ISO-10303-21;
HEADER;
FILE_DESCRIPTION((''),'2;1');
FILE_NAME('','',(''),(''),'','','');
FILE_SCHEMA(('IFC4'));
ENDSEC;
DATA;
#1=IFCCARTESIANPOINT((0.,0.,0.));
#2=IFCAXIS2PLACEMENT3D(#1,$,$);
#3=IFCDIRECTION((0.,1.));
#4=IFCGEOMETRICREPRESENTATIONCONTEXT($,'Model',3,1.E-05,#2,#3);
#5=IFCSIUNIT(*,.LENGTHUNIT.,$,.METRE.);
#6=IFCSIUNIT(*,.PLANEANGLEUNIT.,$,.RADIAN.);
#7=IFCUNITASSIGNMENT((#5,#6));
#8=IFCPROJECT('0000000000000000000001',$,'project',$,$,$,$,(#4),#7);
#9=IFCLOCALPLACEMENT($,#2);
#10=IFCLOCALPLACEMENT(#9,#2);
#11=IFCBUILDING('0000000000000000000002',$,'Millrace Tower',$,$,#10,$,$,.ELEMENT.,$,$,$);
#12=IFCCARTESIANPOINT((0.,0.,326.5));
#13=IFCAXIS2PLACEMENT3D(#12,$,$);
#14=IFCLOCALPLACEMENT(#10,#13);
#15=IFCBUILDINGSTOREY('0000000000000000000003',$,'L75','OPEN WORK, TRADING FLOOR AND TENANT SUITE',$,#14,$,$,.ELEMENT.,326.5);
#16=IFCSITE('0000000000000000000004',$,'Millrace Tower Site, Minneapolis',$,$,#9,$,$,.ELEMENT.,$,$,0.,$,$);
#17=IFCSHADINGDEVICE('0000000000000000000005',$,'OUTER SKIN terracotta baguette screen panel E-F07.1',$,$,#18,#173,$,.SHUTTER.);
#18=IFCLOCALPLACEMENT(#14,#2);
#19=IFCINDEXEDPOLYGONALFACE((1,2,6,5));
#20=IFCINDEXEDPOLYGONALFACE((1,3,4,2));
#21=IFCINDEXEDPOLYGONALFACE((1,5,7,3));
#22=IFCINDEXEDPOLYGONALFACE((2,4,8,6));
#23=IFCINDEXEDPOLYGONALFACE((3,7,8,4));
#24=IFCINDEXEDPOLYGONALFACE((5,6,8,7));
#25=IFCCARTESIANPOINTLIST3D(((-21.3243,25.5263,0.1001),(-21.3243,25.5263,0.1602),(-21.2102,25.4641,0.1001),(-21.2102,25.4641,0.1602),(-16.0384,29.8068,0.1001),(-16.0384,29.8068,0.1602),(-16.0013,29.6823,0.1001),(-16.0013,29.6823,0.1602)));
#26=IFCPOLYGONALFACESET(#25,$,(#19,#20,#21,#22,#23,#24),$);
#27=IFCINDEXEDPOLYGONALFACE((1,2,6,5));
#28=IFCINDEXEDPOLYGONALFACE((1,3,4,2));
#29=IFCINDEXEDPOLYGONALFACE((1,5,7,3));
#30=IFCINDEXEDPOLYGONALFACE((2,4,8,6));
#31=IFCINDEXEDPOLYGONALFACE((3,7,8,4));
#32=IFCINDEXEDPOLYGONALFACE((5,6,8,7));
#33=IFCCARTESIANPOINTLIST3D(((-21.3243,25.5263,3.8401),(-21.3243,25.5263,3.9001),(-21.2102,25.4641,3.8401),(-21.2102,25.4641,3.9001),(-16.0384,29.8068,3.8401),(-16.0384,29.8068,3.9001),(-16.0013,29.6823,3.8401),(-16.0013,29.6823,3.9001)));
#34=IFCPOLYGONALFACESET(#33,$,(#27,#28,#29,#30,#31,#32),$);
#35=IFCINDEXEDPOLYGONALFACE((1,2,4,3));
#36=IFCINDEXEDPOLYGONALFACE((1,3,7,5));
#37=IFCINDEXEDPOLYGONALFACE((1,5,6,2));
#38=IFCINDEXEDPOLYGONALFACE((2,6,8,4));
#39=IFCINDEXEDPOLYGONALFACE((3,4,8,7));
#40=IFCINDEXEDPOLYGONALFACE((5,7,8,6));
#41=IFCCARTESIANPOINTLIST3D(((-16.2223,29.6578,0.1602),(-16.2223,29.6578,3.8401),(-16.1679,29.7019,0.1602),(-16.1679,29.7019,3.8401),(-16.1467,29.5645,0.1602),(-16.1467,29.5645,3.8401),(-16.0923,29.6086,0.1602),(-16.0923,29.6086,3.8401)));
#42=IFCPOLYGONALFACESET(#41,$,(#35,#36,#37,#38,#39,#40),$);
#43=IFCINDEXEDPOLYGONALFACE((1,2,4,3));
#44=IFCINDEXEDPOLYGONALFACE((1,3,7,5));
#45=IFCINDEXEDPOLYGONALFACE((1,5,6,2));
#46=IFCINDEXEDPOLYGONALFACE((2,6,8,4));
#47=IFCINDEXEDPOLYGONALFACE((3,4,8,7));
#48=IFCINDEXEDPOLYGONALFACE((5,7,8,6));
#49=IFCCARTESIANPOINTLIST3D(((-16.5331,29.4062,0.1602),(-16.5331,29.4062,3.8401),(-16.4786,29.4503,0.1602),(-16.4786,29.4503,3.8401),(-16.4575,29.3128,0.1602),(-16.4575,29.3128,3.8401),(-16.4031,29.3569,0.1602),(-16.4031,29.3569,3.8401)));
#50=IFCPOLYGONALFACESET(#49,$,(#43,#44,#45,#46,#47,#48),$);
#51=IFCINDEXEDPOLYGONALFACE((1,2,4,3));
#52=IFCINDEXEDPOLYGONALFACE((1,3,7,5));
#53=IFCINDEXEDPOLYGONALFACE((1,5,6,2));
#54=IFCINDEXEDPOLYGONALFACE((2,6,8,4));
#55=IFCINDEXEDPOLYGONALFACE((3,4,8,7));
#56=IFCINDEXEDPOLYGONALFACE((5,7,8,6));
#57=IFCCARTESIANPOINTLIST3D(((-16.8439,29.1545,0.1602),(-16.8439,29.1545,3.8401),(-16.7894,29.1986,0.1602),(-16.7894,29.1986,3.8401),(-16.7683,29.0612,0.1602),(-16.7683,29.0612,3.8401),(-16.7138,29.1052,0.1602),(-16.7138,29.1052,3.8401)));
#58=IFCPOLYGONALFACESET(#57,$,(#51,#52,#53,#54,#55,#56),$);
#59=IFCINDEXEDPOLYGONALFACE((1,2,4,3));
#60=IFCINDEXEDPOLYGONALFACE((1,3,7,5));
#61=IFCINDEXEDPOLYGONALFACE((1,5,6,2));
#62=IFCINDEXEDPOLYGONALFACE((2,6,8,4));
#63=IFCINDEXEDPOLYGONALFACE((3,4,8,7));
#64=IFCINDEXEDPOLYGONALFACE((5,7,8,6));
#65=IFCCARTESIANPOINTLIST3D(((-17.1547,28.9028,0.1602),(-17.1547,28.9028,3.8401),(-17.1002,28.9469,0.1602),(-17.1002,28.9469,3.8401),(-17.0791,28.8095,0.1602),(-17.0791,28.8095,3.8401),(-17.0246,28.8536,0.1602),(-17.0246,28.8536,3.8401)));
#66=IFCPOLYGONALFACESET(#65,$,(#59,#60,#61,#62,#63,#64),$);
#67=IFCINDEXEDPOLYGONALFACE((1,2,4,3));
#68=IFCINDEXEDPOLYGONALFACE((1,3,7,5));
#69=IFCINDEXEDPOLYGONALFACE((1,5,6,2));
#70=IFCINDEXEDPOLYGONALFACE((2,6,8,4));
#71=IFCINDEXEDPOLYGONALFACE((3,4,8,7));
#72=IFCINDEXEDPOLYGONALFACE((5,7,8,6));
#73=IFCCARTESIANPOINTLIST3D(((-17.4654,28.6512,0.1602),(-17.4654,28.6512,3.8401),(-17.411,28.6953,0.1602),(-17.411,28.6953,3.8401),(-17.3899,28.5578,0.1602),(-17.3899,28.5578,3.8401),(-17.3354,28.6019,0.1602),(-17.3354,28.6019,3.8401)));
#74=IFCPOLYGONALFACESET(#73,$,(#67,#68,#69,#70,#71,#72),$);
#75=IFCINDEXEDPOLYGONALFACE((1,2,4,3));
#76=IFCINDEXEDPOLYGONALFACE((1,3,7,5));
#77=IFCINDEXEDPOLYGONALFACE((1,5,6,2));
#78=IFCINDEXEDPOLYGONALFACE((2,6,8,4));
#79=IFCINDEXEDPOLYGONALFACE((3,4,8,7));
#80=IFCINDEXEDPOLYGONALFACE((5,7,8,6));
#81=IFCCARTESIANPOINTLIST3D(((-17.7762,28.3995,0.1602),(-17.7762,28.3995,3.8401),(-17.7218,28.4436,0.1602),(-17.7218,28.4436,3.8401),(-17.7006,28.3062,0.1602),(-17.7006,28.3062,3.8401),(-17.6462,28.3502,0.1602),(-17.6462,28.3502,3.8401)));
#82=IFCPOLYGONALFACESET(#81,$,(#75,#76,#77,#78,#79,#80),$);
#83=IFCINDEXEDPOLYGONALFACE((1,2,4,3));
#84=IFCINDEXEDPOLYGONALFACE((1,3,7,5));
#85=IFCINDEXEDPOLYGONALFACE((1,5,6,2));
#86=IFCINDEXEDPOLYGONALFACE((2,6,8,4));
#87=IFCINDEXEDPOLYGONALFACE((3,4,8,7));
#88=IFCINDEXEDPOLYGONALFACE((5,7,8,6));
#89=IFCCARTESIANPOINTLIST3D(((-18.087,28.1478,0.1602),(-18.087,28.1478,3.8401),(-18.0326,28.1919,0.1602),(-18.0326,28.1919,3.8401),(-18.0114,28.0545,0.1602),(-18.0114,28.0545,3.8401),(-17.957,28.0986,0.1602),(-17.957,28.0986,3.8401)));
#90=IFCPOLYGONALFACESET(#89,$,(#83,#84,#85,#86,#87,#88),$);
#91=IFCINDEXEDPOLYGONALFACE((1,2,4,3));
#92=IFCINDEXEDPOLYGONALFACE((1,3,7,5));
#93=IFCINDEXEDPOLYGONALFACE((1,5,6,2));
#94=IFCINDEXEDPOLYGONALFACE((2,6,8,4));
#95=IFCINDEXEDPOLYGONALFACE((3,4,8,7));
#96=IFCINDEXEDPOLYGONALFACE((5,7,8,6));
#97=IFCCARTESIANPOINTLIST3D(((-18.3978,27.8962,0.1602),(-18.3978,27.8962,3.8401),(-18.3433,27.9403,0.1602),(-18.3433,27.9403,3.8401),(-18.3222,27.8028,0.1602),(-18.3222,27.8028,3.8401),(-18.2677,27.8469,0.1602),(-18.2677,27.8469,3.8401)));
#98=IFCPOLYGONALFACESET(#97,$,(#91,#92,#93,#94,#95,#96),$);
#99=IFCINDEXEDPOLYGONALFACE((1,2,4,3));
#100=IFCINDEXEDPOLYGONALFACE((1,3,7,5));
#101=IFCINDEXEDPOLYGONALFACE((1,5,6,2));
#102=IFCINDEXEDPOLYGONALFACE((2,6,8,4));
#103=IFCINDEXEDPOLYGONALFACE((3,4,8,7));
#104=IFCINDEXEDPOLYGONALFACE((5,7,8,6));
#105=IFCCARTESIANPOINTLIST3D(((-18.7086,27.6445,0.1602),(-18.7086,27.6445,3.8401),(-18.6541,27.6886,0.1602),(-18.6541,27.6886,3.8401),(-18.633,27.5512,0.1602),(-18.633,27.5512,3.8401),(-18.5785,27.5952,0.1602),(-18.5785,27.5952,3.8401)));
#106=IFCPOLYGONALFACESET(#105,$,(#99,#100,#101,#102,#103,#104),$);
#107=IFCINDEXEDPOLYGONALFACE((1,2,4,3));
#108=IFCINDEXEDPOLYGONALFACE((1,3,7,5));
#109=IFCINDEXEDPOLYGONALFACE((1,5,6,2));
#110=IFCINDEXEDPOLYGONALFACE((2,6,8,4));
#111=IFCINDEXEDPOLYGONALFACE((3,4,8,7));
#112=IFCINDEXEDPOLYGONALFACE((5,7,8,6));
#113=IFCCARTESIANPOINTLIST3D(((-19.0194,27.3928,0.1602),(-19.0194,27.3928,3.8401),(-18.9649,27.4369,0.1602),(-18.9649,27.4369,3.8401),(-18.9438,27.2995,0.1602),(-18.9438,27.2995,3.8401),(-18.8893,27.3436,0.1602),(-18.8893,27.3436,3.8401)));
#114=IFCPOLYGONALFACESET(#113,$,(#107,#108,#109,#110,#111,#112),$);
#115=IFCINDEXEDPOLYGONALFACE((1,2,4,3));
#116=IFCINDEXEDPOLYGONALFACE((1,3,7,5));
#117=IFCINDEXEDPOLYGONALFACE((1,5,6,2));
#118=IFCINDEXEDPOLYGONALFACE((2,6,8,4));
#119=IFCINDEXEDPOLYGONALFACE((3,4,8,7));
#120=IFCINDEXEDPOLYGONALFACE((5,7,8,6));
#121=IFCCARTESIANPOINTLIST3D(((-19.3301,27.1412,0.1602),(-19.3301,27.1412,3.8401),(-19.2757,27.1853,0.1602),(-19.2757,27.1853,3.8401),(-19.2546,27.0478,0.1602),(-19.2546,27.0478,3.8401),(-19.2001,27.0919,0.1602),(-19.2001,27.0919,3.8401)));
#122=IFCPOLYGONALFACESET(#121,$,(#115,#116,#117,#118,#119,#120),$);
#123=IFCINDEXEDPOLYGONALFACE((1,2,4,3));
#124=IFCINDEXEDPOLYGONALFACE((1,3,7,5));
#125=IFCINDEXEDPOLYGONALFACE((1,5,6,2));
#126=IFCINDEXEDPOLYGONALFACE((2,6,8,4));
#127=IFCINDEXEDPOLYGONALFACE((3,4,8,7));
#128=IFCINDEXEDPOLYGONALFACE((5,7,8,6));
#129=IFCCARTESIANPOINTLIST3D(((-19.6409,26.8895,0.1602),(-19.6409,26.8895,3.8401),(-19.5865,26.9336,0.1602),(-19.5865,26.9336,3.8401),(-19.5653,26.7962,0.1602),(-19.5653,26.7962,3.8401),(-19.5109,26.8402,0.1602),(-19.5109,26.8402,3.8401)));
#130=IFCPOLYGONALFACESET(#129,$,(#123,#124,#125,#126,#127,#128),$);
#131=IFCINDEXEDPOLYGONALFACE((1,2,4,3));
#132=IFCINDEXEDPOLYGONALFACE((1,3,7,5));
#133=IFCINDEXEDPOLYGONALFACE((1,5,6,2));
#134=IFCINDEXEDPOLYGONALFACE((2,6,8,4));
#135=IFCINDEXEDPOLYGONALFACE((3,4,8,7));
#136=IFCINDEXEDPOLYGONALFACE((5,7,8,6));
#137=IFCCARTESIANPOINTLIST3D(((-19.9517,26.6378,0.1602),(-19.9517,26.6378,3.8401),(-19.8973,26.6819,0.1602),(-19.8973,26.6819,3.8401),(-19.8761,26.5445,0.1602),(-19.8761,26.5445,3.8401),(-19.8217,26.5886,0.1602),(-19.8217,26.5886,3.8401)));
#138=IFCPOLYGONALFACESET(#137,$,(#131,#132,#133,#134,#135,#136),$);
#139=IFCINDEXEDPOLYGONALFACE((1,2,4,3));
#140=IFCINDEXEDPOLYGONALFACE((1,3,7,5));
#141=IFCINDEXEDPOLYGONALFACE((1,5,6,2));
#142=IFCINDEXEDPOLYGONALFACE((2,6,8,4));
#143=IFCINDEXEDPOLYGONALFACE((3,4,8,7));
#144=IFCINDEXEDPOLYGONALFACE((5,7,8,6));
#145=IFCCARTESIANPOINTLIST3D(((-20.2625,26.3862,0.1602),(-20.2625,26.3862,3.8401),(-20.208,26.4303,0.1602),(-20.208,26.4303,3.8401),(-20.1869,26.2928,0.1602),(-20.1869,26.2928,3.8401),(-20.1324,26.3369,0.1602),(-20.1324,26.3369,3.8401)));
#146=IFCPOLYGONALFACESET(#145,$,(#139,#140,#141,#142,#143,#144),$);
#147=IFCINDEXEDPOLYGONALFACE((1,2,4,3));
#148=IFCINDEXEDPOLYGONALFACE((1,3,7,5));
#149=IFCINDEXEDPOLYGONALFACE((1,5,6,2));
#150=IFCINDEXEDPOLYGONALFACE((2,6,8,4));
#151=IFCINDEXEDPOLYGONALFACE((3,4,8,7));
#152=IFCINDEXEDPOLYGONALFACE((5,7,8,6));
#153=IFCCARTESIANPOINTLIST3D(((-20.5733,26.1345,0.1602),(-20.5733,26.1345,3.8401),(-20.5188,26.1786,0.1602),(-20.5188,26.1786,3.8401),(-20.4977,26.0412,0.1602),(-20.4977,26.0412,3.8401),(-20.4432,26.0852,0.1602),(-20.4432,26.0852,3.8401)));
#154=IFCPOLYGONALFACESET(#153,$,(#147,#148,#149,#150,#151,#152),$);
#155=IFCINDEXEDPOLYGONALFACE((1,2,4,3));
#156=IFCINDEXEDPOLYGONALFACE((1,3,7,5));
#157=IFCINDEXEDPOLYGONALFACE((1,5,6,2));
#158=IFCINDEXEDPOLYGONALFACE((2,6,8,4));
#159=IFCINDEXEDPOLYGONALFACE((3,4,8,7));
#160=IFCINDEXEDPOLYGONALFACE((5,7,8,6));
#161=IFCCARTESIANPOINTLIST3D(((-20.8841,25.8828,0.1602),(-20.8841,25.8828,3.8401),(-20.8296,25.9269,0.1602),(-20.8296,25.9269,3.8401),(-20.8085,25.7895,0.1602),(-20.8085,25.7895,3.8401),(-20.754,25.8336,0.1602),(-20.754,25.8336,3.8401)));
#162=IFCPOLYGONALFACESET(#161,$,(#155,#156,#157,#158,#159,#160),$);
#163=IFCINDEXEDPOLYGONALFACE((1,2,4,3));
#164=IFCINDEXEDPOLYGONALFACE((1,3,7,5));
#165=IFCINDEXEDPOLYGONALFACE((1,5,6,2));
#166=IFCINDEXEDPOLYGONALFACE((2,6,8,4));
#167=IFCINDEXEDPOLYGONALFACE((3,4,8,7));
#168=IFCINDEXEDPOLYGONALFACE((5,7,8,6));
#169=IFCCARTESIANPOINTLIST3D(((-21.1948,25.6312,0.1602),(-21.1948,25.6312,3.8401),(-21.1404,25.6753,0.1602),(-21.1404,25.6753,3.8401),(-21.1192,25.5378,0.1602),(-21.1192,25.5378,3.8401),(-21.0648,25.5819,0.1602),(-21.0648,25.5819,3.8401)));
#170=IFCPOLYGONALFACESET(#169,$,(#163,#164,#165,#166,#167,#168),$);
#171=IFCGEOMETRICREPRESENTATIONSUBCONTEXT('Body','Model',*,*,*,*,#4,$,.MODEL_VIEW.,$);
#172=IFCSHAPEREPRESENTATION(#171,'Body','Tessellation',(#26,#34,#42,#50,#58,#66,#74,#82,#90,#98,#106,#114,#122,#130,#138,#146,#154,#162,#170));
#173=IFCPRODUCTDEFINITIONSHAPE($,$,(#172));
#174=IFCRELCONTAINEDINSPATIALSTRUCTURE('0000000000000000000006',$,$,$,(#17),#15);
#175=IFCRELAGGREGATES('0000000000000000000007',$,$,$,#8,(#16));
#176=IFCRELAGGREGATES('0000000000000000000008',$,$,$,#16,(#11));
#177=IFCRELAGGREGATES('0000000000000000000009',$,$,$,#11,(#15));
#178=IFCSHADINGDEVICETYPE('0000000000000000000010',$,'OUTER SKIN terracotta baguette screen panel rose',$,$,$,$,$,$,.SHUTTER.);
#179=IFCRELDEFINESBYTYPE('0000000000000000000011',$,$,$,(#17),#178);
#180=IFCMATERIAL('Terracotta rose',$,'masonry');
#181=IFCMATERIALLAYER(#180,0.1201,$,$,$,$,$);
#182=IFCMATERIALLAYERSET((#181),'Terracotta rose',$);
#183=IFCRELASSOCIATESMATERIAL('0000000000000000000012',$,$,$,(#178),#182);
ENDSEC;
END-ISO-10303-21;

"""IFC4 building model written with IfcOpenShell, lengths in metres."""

from ifc_helpers import new_model, entity, si_unit, direction, frame, frame_2d, origin, origin_2d, place, context, subcontext, project, spatial, rectangle, extrude, source, transform, mapped, material, layer, layer_set, type_object, element, save


model = new_model("IFC4")

# Units and contexts
model_context = context("Model", 3, precision=1e-05, world=origin(), true_north=direction((0.0, 1.0)))
body_context = subcontext(model_context, "Body", "Model", "MODEL_VIEW")
ifc_project = project(units=[si_unit("LENGTHUNIT", "METRE"), si_unit("PLANEANGLEUNIT", "RADIAN")], contexts=[model_context])

# Site, building, storey
site_placement = place(None, origin())
site = spatial("IfcSite", under=ifc_project, at=site_placement, Name="Millrace Tower Site, Minneapolis", CompositionType="ELEMENT", RefElevation=0.0)
building_placement = place(site_placement, origin())
building = spatial("IfcBuilding", under=site, at=building_placement, Name="Millrace Tower", CompositionType="ELEMENT")
storey_placement = place(building_placement, frame((0.0, 0.0, 326.5)))
storey = spatial("IfcBuildingStorey", under=building, at=storey_placement, Name="L75", Description="OPEN WORK, TRADING FLOOR AND TENANT SUITE", CompositionType="ELEMENT", Elevation=326.5)

# Shading device
ifc_material_1 = material(Name="Terracotta rose", Category="masonry")
ifc_layer_1 = layer(ifc_material_1, 0.1201)
ifc_layer_set_1 = layer_set([ifc_layer_1], Name="Terracotta rose")
shading_device_type = type_object("IfcShadingDeviceType", Name="OUTER SKIN terracotta baguette screen panel rose", PredefinedType="SHUTTER", material=ifc_layer_set_1)
cartesian_point_1 = entity("IfcCartesianPoint", [-3.3513, 0.0601])
shared_polyline_1 = entity("IfcPolyline", [cartesian_point_1, entity("IfcCartesianPoint", [3.3513, 0.0601]), entity("IfcCartesianPoint", [3.4009, -0.0601]), entity("IfcCartesianPoint", [-3.4009, -0.0601]), cartesian_point_1])
shared_shape_1 = source(origin(), body_context, "Body", "SweptSolid", [
    entity("IfcExtrudedAreaSolid", entity("IfcArbitraryClosedProfileDef", "AREA", None, shared_polyline_1), entity("IfcAxis2Placement3D", entity("IfcCartesianPoint", [0.0, 0.0, 0.0])), entity("IfcDirection", [0.0, 0.0, 1.0]), 0.0601),
    entity("IfcExtrudedAreaSolid", entity("IfcArbitraryClosedProfileDef", "AREA", None, shared_polyline_1), entity("IfcAxis2Placement3D", entity("IfcCartesianPoint", [0.0, 0.0, 3.74])), entity("IfcDirection", [0.0, 0.0, 1.0]), 0.0601),
    extrude(rectangle(XDim=0.0701, YDim=0.1201, at=frame_2d((-3.1992, 0.0))), frame((0.0, 0.0, 0.0601)), (0.0, 0.0, 1.0), 3.6799),
    extrude(rectangle(XDim=0.0701, YDim=0.1201, at=frame_2d((-2.7993, 0.0))), frame((0.0, 0.0, 0.0601)), (0.0, 0.0, 1.0), 3.6799),
    extrude(rectangle(XDim=0.0701, YDim=0.1201, at=frame_2d((-2.3994, 0.0))), frame((0.0, 0.0, 0.0601)), (0.0, 0.0, 1.0), 3.6799),
    extrude(rectangle(XDim=0.0701, YDim=0.1201, at=frame_2d((-1.9995, 0.0))), frame((0.0, 0.0, 0.0601)), (0.0, 0.0, 1.0), 3.6799),
    extrude(rectangle(XDim=0.0701, YDim=0.1201, at=frame_2d((-1.5996, 0.0))), frame((0.0, 0.0, 0.0601)), (0.0, 0.0, 1.0), 3.6799),
    extrude(rectangle(XDim=0.0701, YDim=0.1201, at=frame_2d((-1.1997, 0.0))), frame((0.0, 0.0, 0.0601)), (0.0, 0.0, 1.0), 3.6799),
    extrude(rectangle(XDim=0.0701, YDim=0.1201, at=frame_2d((-0.7998, 0.0))), frame((0.0, 0.0, 0.0601)), (0.0, 0.0, 1.0), 3.6799),
    extrude(rectangle(XDim=0.0701, YDim=0.1201, at=frame_2d((-0.3999, 0.0))), frame((0.0, 0.0, 0.0601)), (0.0, 0.0, 1.0), 3.6799),
    extrude(rectangle(XDim=0.0701, YDim=0.1201, at=origin_2d()), frame((0.0, 0.0, 0.0601)), (0.0, 0.0, 1.0), 3.6799),
    extrude(rectangle(XDim=0.0701, YDim=0.1201, at=frame_2d((0.3999, 0.0))), frame((0.0, 0.0, 0.0601)), (0.0, 0.0, 1.0), 3.6799),
    extrude(rectangle(XDim=0.0701, YDim=0.1201, at=frame_2d((0.7998, 0.0))), frame((0.0, 0.0, 0.0601)), (0.0, 0.0, 1.0), 3.6799),
    extrude(rectangle(XDim=0.0701, YDim=0.1201, at=frame_2d((1.1997, 0.0))), frame((0.0, 0.0, 0.0601)), (0.0, 0.0, 1.0), 3.6799),
    extrude(rectangle(XDim=0.0701, YDim=0.1201, at=frame_2d((1.5996, 0.0))), frame((0.0, 0.0, 0.0601)), (0.0, 0.0, 1.0), 3.6799),
    extrude(rectangle(XDim=0.0701, YDim=0.1201, at=frame_2d((1.9995, 0.0))), frame((0.0, 0.0, 0.0601)), (0.0, 0.0, 1.0), 3.6799),
    extrude(rectangle(XDim=0.0701, YDim=0.1201, at=frame_2d((2.3994, 0.0))), frame((0.0, 0.0, 0.0601)), (0.0, 0.0, 1.0), 3.6799),
    extrude(rectangle(XDim=0.0701, YDim=0.1201, at=frame_2d((2.7993, 0.0))), frame((0.0, 0.0, 0.0601)), (0.0, 0.0, 1.0), 3.6799),
    extrude(rectangle(XDim=0.0701, YDim=0.1201, at=frame_2d((3.1992, 0.0))), frame((0.0, 0.0, 0.0601)), (0.0, 0.0, 1.0), 3.6799),
])
shading_device_1_placement = place(storey_placement, frame((-18.6436, 27.6199, 0.1001), z_axis=(0.0, 0.0, 1.0), x_axis=(-0.777146, -0.62932, 0.0)))
element("IfcShadingDevice", 1, at=shading_device_1_placement, inside=storey, type_object=shading_device_type, Name="OUTER SKIN terracotta baguette screen panel E-F07.1", PredefinedType="SHUTTER", context=body_context, shape_type="MappedRepresentation", body=[
    mapped(shared_shape_1, transform((0.0, 0.0, 0.0), scale=1.0)),
])

save(model, "model.ifc")
